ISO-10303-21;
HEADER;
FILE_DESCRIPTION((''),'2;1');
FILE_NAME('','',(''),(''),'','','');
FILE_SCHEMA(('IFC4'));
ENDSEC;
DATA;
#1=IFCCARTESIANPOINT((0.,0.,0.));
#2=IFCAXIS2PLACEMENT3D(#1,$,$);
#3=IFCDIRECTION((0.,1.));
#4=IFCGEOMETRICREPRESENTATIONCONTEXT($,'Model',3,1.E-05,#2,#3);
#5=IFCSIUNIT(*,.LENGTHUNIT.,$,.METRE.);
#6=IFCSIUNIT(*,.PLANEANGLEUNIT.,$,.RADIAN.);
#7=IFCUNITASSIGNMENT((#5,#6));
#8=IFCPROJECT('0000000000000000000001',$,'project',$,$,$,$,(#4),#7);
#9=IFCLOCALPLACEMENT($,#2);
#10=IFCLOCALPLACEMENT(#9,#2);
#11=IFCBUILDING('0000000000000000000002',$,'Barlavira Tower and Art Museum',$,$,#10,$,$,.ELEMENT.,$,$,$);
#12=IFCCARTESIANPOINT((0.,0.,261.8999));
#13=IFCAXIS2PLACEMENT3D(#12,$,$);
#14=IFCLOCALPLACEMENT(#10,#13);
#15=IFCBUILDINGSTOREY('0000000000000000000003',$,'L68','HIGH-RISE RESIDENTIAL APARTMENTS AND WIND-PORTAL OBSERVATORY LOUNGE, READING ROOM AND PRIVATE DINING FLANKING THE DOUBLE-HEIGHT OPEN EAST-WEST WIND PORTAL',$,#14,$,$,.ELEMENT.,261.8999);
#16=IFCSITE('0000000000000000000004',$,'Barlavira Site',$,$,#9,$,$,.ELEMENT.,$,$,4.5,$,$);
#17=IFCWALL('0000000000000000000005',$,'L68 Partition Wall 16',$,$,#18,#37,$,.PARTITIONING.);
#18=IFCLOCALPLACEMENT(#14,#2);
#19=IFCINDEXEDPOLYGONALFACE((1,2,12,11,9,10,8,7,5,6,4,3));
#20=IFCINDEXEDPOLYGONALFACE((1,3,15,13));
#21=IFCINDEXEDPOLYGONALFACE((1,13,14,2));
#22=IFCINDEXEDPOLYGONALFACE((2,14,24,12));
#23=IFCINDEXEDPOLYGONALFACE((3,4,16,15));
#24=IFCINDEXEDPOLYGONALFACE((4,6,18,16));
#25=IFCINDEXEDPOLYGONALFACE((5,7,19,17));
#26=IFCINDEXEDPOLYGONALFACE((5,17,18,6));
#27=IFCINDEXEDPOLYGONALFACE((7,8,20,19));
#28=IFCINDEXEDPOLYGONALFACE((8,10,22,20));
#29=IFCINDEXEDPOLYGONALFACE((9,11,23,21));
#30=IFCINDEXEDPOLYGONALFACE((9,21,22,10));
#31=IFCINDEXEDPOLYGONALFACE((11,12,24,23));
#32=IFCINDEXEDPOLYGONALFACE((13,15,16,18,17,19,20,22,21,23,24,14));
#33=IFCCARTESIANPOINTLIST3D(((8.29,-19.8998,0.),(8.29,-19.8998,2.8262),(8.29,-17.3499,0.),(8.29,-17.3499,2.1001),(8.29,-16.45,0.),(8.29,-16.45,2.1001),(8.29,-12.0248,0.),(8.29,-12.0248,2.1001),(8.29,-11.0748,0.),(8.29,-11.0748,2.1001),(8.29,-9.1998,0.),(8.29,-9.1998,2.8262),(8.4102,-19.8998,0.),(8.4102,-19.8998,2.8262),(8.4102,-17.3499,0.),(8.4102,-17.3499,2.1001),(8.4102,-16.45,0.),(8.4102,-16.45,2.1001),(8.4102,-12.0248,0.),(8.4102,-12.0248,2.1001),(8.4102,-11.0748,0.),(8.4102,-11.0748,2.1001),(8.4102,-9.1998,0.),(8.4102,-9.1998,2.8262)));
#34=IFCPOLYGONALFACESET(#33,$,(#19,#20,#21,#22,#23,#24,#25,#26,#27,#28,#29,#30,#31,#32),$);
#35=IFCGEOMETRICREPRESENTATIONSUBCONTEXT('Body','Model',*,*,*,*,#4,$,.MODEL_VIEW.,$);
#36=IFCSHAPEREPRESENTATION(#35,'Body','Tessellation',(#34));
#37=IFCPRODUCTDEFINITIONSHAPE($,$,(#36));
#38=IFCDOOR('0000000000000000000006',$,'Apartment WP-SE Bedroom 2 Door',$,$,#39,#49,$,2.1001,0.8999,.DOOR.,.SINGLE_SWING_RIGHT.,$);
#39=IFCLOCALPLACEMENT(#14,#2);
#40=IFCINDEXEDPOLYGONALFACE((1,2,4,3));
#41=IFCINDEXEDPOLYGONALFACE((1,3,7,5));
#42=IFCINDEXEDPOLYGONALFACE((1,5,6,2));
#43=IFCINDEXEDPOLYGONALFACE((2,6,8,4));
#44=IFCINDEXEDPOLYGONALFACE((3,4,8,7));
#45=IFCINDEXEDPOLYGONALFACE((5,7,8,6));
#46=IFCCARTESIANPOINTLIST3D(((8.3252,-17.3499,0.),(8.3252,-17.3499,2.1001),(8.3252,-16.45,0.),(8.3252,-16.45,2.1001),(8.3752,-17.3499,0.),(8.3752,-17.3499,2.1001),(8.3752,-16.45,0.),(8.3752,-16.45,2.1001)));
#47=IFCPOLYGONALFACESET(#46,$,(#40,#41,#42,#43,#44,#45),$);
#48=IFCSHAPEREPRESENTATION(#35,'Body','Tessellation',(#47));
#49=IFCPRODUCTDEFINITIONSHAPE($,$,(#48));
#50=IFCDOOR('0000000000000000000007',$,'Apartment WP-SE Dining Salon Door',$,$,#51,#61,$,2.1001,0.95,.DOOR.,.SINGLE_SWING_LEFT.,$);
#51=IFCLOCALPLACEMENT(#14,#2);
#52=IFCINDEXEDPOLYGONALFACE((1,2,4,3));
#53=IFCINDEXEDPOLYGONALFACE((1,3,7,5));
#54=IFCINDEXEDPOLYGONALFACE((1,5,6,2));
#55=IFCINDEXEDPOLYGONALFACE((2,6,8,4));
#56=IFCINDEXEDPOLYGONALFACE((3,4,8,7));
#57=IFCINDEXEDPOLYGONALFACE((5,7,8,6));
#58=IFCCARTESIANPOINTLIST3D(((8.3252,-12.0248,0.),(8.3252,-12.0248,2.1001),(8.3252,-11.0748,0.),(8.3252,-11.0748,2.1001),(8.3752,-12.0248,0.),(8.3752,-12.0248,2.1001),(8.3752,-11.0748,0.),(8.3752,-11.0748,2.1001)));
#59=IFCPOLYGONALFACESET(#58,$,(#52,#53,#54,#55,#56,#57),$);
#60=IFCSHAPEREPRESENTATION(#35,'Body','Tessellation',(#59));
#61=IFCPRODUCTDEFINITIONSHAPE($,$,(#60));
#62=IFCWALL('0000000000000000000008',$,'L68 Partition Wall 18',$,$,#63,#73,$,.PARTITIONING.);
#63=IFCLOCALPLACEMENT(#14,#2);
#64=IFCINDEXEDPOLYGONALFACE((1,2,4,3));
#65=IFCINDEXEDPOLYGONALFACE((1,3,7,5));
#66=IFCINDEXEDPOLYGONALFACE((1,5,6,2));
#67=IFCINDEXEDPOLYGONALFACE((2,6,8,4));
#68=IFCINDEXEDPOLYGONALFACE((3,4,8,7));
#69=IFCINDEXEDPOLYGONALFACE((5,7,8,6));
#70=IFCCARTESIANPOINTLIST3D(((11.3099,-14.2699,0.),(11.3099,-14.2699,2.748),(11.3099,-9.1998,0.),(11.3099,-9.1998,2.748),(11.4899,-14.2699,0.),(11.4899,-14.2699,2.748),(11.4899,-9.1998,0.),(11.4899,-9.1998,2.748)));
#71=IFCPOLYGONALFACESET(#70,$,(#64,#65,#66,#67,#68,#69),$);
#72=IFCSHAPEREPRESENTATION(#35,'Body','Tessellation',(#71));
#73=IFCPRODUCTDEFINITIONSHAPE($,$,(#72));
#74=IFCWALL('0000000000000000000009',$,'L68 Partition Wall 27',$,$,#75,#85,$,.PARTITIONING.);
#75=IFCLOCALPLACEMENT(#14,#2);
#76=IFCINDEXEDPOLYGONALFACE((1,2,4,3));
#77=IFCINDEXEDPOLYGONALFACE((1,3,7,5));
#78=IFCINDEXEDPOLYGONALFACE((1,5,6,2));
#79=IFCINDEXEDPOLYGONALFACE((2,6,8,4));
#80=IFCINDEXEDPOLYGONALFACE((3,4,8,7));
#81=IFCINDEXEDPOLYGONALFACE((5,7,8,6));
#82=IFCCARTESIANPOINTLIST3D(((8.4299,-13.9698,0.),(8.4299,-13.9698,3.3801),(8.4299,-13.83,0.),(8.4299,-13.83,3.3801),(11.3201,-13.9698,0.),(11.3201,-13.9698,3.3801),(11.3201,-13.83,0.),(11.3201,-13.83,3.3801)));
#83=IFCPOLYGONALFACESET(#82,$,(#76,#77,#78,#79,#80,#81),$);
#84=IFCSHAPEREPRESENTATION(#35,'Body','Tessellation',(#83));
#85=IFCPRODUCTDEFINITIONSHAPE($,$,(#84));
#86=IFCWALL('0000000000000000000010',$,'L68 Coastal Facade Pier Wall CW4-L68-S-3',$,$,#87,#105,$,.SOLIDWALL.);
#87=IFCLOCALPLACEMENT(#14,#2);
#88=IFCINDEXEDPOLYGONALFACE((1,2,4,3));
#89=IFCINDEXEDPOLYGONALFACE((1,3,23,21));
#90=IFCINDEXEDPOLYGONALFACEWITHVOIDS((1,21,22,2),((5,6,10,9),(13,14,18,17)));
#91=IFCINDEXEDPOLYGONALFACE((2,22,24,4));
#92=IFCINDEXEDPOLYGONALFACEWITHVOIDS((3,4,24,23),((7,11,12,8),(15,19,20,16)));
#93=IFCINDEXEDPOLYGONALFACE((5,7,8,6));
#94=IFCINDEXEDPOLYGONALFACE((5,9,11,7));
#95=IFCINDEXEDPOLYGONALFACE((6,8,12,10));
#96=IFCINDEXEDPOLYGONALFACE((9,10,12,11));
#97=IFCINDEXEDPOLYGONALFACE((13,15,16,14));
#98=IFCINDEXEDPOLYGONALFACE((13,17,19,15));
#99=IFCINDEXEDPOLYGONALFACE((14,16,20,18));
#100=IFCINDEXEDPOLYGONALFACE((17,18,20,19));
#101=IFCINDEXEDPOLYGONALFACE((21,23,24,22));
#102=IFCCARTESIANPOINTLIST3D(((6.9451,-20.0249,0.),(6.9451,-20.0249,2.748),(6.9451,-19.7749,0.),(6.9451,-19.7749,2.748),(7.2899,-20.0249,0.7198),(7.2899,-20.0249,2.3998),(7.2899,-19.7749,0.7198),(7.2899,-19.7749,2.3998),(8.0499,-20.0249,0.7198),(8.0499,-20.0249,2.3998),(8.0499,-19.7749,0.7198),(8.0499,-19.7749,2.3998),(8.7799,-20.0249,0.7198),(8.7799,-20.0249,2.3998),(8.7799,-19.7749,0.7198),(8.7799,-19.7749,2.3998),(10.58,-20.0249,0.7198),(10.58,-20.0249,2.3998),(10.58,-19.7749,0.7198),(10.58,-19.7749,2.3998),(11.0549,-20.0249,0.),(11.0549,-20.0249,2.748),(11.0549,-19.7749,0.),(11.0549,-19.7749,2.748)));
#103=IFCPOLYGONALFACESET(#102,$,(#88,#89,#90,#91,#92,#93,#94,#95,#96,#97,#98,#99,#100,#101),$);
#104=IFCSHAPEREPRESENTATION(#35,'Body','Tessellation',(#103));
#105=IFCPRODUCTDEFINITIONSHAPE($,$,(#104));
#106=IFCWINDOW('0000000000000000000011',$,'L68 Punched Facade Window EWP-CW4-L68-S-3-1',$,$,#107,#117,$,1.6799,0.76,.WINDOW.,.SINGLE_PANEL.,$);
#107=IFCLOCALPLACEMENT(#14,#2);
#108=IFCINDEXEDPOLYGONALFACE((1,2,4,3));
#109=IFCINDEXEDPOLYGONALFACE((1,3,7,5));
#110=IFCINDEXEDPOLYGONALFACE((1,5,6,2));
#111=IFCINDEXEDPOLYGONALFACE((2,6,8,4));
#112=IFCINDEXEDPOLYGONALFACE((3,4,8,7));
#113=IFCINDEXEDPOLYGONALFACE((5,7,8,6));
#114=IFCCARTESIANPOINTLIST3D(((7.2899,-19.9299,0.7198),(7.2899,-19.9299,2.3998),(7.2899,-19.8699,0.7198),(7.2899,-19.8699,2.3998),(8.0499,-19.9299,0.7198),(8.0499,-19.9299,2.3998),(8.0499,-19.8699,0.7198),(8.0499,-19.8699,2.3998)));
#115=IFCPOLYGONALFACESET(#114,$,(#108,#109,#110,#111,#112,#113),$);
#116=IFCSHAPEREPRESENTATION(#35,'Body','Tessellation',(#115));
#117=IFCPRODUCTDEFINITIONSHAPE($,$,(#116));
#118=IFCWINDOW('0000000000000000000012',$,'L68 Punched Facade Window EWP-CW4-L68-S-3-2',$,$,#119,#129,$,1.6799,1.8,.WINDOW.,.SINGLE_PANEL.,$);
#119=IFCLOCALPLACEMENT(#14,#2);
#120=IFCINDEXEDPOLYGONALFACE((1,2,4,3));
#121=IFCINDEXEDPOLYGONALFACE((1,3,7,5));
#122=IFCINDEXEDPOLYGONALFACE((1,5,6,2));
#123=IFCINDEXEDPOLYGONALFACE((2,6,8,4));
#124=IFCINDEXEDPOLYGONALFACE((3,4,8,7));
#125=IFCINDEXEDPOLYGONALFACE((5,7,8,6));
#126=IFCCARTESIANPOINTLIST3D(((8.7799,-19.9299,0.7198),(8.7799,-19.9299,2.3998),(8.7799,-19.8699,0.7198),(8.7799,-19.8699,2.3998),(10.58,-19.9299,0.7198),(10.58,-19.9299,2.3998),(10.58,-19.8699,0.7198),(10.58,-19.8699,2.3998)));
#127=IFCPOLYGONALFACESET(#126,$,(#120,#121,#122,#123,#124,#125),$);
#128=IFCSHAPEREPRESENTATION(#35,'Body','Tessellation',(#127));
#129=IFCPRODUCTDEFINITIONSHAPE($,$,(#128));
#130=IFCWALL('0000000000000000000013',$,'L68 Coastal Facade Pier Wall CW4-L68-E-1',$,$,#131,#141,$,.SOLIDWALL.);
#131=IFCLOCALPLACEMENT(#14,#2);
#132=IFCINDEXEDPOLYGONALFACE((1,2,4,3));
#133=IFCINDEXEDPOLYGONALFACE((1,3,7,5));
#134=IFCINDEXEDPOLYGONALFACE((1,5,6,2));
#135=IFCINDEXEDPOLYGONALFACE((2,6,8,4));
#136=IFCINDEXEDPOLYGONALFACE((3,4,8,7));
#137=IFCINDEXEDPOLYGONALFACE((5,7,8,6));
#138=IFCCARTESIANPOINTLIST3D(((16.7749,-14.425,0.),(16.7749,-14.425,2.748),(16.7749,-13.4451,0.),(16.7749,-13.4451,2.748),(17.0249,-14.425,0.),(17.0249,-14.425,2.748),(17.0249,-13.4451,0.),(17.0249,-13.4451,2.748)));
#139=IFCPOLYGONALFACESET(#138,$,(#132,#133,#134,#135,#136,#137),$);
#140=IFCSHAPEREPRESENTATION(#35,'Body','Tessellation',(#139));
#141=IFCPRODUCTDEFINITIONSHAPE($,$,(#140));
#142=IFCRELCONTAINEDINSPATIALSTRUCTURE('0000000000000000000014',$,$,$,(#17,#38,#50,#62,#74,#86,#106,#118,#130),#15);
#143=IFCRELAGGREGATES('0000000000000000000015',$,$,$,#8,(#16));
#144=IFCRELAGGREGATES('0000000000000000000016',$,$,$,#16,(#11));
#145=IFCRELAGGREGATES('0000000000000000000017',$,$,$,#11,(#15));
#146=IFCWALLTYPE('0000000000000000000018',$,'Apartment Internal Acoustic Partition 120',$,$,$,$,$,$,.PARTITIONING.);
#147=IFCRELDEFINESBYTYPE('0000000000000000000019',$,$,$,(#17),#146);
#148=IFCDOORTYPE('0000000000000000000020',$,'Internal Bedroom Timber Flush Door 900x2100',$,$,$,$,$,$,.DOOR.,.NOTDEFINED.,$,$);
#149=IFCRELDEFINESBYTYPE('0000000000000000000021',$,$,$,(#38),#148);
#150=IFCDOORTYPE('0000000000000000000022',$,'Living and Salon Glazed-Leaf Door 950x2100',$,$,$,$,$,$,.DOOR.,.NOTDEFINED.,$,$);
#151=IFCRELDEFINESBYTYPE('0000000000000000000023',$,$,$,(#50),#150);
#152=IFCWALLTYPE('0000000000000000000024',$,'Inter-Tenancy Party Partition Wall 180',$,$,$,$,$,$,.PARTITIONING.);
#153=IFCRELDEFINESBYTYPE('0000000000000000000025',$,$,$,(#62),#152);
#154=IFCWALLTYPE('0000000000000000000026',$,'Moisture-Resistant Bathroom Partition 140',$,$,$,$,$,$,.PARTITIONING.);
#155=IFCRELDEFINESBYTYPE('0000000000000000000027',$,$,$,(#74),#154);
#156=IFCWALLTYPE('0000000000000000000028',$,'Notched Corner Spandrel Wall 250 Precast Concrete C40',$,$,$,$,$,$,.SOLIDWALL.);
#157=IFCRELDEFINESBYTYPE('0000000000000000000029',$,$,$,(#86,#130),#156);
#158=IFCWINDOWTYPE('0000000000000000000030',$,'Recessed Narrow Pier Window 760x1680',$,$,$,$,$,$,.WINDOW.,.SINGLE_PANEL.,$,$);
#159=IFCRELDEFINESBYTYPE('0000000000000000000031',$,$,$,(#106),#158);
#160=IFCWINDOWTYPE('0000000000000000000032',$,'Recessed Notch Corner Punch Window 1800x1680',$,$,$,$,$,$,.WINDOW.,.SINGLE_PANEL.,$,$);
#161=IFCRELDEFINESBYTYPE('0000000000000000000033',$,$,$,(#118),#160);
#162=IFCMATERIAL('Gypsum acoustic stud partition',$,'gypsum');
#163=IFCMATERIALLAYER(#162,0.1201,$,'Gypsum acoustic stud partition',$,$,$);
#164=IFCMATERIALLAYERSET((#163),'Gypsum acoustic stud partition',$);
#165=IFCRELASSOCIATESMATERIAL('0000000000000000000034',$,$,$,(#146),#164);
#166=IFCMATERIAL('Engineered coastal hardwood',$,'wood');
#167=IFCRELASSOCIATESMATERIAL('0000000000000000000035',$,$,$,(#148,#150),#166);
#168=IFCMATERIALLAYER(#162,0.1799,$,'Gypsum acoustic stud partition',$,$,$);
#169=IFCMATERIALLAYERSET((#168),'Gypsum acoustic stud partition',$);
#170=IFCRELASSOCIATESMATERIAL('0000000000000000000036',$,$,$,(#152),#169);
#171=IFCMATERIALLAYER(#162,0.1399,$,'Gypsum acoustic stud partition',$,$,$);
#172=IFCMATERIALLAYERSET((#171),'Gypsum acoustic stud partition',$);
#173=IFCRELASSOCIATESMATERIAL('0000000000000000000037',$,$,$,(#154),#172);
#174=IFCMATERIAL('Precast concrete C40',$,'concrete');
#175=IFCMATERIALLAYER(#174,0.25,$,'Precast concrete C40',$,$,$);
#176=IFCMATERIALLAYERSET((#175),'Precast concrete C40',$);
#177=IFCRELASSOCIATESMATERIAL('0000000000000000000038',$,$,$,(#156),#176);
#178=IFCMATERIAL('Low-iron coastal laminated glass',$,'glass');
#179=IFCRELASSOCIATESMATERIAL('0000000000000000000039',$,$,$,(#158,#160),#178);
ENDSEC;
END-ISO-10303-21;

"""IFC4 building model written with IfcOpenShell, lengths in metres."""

from ifc_helpers import new_model, si_unit, direction, frame, frame_2d, origin, place, context, subcontext, project, spatial, rectangle, extrude, material, layer, layer_set, type_object, element, fill, save


model = new_model("IFC4")

# Units and contexts
model_context = context("Model", 3, precision=1e-05, world=origin(), true_north=direction((0.0, 1.0)))
body_context = subcontext(model_context, "Body", "Model", "MODEL_VIEW")
ifc_project = project(units=[si_unit("LENGTHUNIT", "METRE"), si_unit("PLANEANGLEUNIT", "RADIAN")], contexts=[model_context])

# Site, building, storey
site_placement = place(None, origin())
site = spatial("IfcSite", under=ifc_project, at=site_placement, Name="Barlavira Site", CompositionType="ELEMENT", RefElevation=4.5)
building_placement = place(site_placement, origin())
building = spatial("IfcBuilding", under=site, at=building_placement, Name="Barlavira Tower and Art Museum", CompositionType="ELEMENT")
storey_placement = place(building_placement, frame((0.0, 0.0, 261.8999)))
storey = spatial("IfcBuildingStorey", under=building, at=storey_placement, Name="L68", Description="HIGH-RISE RESIDENTIAL APARTMENTS AND WIND-PORTAL OBSERVATORY LOUNGE, READING ROOM AND PRIVATE DINING FLANKING THE DOUBLE-HEIGHT OPEN EAST-WEST WIND PORTAL", CompositionType="ELEMENT", Elevation=261.8999)

# Wall, openings, doors
ifc_material_1 = material(Name="Gypsum acoustic stud partition", Category="gypsum")
ifc_layer_1 = layer(ifc_material_1, 0.1201, Name="Gypsum acoustic stud partition")
ifc_layer_set_1 = layer_set([ifc_layer_1], Name="Gypsum acoustic stud partition")
wall_type_1 = type_object("IfcWallType", Name="Apartment Internal Acoustic Partition 120", PredefinedType="PARTITIONING", material=ifc_layer_set_1)
wall_1_placement = place(storey_placement, frame((8.3501, -19.8999, 0.0), z_axis=(0.0, 0.0, 1.0), x_axis=(0.0, 1.0, 0.0)))
wall_1 = element("IfcWall", 1, at=wall_1_placement, inside=storey, type_object=wall_type_1, Name="L68 Partition Wall 16", PredefinedType="PARTITIONING", context=body_context, shape_type="SweptSolid", body=[
    extrude(rectangle(XDim=10.7, YDim=0.1201, at=frame_2d((5.3501, 0.0))), origin(), (0.0, 0.0, 1.0), 2.8262),
])
opening_1_placement = place(wall_1_placement, frame((7.875, 0.0, 0.0)))
opening_1 = element("IfcOpeningElement", 2, at=opening_1_placement, cuts=wall_1, PredefinedType="OPENING", context=body_context, shape_type="SweptSolid", body=[
    extrude(rectangle(XDim=0.95, YDim=2.1001, at=frame_2d((0.4751, 1.05))), frame((0.0, 0.0701, 0.0), z_axis=(0.0, -1.0, 0.0), x_axis=(1.0, 0.0, 0.0)), (0.0, 0.0, 1.0), 0.1401),
])
opening_2_placement = place(wall_1_placement, frame((2.55, 0.0, 0.0)))
opening_2 = element("IfcOpeningElement", 3, at=opening_2_placement, cuts=wall_1, PredefinedType="OPENING", context=body_context, shape_type="SweptSolid", body=[
    extrude(rectangle(XDim=0.8999, YDim=2.1001, at=frame_2d((0.45, 1.05))), frame((0.0, 0.0701, 0.0), z_axis=(0.0, -1.0, 0.0), x_axis=(1.0, 0.0, 0.0)), (0.0, 0.0, 1.0), 0.1401),
])
ifc_material_2 = material(Name="Engineered coastal hardwood", Category="wood")
door_type_1 = type_object("IfcDoorType", Name="Internal Bedroom Timber Flush Door 900x2100", OperationType="NOTDEFINED", PredefinedType="DOOR", material=ifc_material_2)
door_1_placement = place(opening_2_placement, origin())
door_1 = element("IfcDoor", 4, at=door_1_placement, inside=storey, type_object=door_type_1, Name="Apartment WP-SE Bedroom 2 Door", OperationType="SINGLE_SWING_RIGHT", OverallHeight=2.1001, OverallWidth=0.8999, PredefinedType="DOOR", context=body_context, shape_type="SweptSolid", body=[
    extrude(rectangle(XDim=0.8999, YDim=2.1001, at=frame_2d((0.45, 1.05))), frame((0.0, 0.0249, 0.0), z_axis=(0.0, -1.0, 0.0), x_axis=(1.0, 0.0, 0.0)), (0.0, 0.0, 1.0), 0.05),
])
fill(opening_2, door_1)
door_type_2 = type_object("IfcDoorType", Name="Living and Salon Glazed-Leaf Door 950x2100", OperationType="NOTDEFINED", PredefinedType="DOOR", material=ifc_material_2)
door_2_placement = place(opening_1_placement, origin())
door_2 = element("IfcDoor", 5, at=door_2_placement, inside=storey, type_object=door_type_2, Name="Apartment WP-SE Dining Salon Door", OperationType="SINGLE_SWING_LEFT", OverallHeight=2.1001, OverallWidth=0.95, PredefinedType="DOOR", context=body_context, shape_type="SweptSolid", body=[
    extrude(rectangle(XDim=0.95, YDim=2.1001, at=frame_2d((0.4751, 1.05))), frame((0.0, 0.0249, 0.0), z_axis=(0.0, -1.0, 0.0), x_axis=(1.0, 0.0, 0.0)), (0.0, 0.0, 1.0), 0.05),
])
fill(opening_1, door_2)

# Walls
ifc_layer_2 = layer(ifc_material_1, 0.1799, Name="Gypsum acoustic stud partition")
ifc_layer_set_2 = layer_set([ifc_layer_2], Name="Gypsum acoustic stud partition")
wall_type_2 = type_object("IfcWallType", Name="Inter-Tenancy Party Partition Wall 180", PredefinedType="PARTITIONING", material=ifc_layer_set_2)
wall_2_placement = place(storey_placement, frame((11.3999, -14.27, 0.0), z_axis=(0.0, 0.0, 1.0), x_axis=(0.0, 1.0, 0.0)))
element("IfcWall", 6, at=wall_2_placement, inside=storey, type_object=wall_type_2, Name="L68 Partition Wall 18", PredefinedType="PARTITIONING", context=body_context, shape_type="SweptSolid", body=[
    extrude(rectangle(XDim=5.0701, YDim=0.1799, at=frame_2d((2.5352, 0.0))), origin(), (0.0, 0.0, 1.0), 2.748),
])
ifc_layer_3 = layer(ifc_material_1, 0.1399, Name="Gypsum acoustic stud partition")
ifc_layer_set_3 = layer_set([ifc_layer_3], Name="Gypsum acoustic stud partition")
wall_type_3 = type_object("IfcWallType", Name="Moisture-Resistant Bathroom Partition 140", PredefinedType="PARTITIONING", material=ifc_layer_set_3)
wall_3_placement = place(storey_placement, frame((8.4299, -13.8999, 0.0), z_axis=(0.0, 0.0, 1.0), x_axis=(1.0, 0.0, 0.0)))
element("IfcWall", 7, at=wall_3_placement, inside=storey, type_object=wall_type_3, Name="L68 Partition Wall 27", PredefinedType="PARTITIONING", context=body_context, shape_type="SweptSolid", body=[
    extrude(rectangle(XDim=2.8901, YDim=0.1399, at=frame_2d((1.4451, 0.0))), origin(), (0.0, 0.0, 1.0), 3.3801),
])

# Wall, openings, windows
ifc_material_3 = material(Name="Precast concrete C40", Category="concrete")
ifc_layer_4 = layer(ifc_material_3, 0.25, Name="Precast concrete C40")
ifc_layer_set_4 = layer_set([ifc_layer_4], Name="Precast concrete C40")
wall_type_4 = type_object("IfcWallType", Name="Notched Corner Spandrel Wall 250 Precast Concrete C40", PredefinedType="SOLIDWALL", material=ifc_layer_set_4)
wall_4_placement = place(storey_placement, frame((6.9451, -19.8999, 0.0), z_axis=(0.0, 0.0, 1.0), x_axis=(1.0, 0.0, 0.0)))
wall_4 = element("IfcWall", 8, at=wall_4_placement, inside=storey, type_object=wall_type_4, Name="L68 Coastal Facade Pier Wall CW4-L68-S-3", PredefinedType="SOLIDWALL", context=body_context, shape_type="SweptSolid", body=[
    extrude(rectangle(XDim=4.1099, YDim=0.25, at=frame_2d((2.0549, 0.0))), origin(), (0.0, 0.0, 1.0), 2.748),
])
opening_3_placement = place(wall_4_placement, frame((0.345, 0.0, 0.72)))
opening_3 = element("IfcOpeningElement", 9, at=opening_3_placement, cuts=wall_4, PredefinedType="OPENING", context=body_context, shape_type="SweptSolid", body=[
    extrude(rectangle(XDim=0.76, YDim=1.6799, at=frame_2d((0.3799, 0.8398))), frame((0.0, 0.135, 0.0), z_axis=(0.0, -1.0, 0.0), x_axis=(1.0, 0.0, 0.0)), (0.0, 0.0, 1.0), 0.27),
])
opening_4_placement = place(wall_4_placement, frame((1.835, 0.0, 0.72)))
opening_4 = element("IfcOpeningElement", 10, at=opening_4_placement, cuts=wall_4, PredefinedType="OPENING", context=body_context, shape_type="SweptSolid", body=[
    extrude(rectangle(XDim=1.8, YDim=1.6799, at=frame_2d((0.8999, 0.8398))), frame((0.0, 0.135, 0.0), z_axis=(0.0, -1.0, 0.0), x_axis=(1.0, 0.0, 0.0)), (0.0, 0.0, 1.0), 0.27),
])
ifc_material_4 = material(Name="Low-iron coastal laminated glass", Category="glass")
window_type_1 = type_object("IfcWindowType", Name="Recessed Narrow Pier Window 760x1680", PartitioningType="SINGLE_PANEL", PredefinedType="WINDOW", material=ifc_material_4)
window_1_placement = place(opening_3_placement, origin())
window_1 = element("IfcWindow", 11, at=window_1_placement, inside=storey, type_object=window_type_1, Name="L68 Punched Facade Window EWP-CW4-L68-S-3-1", OverallHeight=1.6799, OverallWidth=0.76, PartitioningType="SINGLE_PANEL", PredefinedType="WINDOW", context=body_context, shape_type="SweptSolid", body=[
    extrude(rectangle(XDim=0.76, YDim=1.6799, at=frame_2d((0.3799, 0.8398))), frame((0.0, 0.03, 0.0), z_axis=(0.0, -1.0, 0.0), x_axis=(1.0, 0.0, 0.0)), (0.0, 0.0, 1.0), 0.0601),
])
fill(opening_3, window_1)
window_type_2 = type_object("IfcWindowType", Name="Recessed Notch Corner Punch Window 1800x1680", PartitioningType="SINGLE_PANEL", PredefinedType="WINDOW", material=ifc_material_4)
window_2_placement = place(opening_4_placement, origin())
window_2 = element("IfcWindow", 12, at=window_2_placement, inside=storey, type_object=window_type_2, Name="L68 Punched Facade Window EWP-CW4-L68-S-3-2", OverallHeight=1.6799, OverallWidth=1.8, PartitioningType="SINGLE_PANEL", PredefinedType="WINDOW", context=body_context, shape_type="SweptSolid", body=[
    extrude(rectangle(XDim=1.8, YDim=1.6799, at=frame_2d((0.8999, 0.8398))), frame((0.0, 0.03, 0.0), z_axis=(0.0, -1.0, 0.0), x_axis=(1.0, 0.0, 0.0)), (0.0, 0.0, 1.0), 0.0601),
])
fill(opening_4, window_2)

# Wall
wall_5_placement = place(storey_placement, frame((16.8999, -14.425, 0.0), z_axis=(0.0, 0.0, 1.0), x_axis=(0.0, 1.0, 0.0)))
element("IfcWall", 13, at=wall_5_placement, inside=storey, type_object=wall_type_4, Name="L68 Coastal Facade Pier Wall CW4-L68-E-1", PredefinedType="SOLIDWALL", context=body_context, shape_type="SweptSolid", body=[
    extrude(rectangle(XDim=0.98, YDim=0.25, at=frame_2d((0.49, 0.0))), origin(), (0.0, 0.0, 1.0), 2.748),
])

save(model, "model.ifc")
